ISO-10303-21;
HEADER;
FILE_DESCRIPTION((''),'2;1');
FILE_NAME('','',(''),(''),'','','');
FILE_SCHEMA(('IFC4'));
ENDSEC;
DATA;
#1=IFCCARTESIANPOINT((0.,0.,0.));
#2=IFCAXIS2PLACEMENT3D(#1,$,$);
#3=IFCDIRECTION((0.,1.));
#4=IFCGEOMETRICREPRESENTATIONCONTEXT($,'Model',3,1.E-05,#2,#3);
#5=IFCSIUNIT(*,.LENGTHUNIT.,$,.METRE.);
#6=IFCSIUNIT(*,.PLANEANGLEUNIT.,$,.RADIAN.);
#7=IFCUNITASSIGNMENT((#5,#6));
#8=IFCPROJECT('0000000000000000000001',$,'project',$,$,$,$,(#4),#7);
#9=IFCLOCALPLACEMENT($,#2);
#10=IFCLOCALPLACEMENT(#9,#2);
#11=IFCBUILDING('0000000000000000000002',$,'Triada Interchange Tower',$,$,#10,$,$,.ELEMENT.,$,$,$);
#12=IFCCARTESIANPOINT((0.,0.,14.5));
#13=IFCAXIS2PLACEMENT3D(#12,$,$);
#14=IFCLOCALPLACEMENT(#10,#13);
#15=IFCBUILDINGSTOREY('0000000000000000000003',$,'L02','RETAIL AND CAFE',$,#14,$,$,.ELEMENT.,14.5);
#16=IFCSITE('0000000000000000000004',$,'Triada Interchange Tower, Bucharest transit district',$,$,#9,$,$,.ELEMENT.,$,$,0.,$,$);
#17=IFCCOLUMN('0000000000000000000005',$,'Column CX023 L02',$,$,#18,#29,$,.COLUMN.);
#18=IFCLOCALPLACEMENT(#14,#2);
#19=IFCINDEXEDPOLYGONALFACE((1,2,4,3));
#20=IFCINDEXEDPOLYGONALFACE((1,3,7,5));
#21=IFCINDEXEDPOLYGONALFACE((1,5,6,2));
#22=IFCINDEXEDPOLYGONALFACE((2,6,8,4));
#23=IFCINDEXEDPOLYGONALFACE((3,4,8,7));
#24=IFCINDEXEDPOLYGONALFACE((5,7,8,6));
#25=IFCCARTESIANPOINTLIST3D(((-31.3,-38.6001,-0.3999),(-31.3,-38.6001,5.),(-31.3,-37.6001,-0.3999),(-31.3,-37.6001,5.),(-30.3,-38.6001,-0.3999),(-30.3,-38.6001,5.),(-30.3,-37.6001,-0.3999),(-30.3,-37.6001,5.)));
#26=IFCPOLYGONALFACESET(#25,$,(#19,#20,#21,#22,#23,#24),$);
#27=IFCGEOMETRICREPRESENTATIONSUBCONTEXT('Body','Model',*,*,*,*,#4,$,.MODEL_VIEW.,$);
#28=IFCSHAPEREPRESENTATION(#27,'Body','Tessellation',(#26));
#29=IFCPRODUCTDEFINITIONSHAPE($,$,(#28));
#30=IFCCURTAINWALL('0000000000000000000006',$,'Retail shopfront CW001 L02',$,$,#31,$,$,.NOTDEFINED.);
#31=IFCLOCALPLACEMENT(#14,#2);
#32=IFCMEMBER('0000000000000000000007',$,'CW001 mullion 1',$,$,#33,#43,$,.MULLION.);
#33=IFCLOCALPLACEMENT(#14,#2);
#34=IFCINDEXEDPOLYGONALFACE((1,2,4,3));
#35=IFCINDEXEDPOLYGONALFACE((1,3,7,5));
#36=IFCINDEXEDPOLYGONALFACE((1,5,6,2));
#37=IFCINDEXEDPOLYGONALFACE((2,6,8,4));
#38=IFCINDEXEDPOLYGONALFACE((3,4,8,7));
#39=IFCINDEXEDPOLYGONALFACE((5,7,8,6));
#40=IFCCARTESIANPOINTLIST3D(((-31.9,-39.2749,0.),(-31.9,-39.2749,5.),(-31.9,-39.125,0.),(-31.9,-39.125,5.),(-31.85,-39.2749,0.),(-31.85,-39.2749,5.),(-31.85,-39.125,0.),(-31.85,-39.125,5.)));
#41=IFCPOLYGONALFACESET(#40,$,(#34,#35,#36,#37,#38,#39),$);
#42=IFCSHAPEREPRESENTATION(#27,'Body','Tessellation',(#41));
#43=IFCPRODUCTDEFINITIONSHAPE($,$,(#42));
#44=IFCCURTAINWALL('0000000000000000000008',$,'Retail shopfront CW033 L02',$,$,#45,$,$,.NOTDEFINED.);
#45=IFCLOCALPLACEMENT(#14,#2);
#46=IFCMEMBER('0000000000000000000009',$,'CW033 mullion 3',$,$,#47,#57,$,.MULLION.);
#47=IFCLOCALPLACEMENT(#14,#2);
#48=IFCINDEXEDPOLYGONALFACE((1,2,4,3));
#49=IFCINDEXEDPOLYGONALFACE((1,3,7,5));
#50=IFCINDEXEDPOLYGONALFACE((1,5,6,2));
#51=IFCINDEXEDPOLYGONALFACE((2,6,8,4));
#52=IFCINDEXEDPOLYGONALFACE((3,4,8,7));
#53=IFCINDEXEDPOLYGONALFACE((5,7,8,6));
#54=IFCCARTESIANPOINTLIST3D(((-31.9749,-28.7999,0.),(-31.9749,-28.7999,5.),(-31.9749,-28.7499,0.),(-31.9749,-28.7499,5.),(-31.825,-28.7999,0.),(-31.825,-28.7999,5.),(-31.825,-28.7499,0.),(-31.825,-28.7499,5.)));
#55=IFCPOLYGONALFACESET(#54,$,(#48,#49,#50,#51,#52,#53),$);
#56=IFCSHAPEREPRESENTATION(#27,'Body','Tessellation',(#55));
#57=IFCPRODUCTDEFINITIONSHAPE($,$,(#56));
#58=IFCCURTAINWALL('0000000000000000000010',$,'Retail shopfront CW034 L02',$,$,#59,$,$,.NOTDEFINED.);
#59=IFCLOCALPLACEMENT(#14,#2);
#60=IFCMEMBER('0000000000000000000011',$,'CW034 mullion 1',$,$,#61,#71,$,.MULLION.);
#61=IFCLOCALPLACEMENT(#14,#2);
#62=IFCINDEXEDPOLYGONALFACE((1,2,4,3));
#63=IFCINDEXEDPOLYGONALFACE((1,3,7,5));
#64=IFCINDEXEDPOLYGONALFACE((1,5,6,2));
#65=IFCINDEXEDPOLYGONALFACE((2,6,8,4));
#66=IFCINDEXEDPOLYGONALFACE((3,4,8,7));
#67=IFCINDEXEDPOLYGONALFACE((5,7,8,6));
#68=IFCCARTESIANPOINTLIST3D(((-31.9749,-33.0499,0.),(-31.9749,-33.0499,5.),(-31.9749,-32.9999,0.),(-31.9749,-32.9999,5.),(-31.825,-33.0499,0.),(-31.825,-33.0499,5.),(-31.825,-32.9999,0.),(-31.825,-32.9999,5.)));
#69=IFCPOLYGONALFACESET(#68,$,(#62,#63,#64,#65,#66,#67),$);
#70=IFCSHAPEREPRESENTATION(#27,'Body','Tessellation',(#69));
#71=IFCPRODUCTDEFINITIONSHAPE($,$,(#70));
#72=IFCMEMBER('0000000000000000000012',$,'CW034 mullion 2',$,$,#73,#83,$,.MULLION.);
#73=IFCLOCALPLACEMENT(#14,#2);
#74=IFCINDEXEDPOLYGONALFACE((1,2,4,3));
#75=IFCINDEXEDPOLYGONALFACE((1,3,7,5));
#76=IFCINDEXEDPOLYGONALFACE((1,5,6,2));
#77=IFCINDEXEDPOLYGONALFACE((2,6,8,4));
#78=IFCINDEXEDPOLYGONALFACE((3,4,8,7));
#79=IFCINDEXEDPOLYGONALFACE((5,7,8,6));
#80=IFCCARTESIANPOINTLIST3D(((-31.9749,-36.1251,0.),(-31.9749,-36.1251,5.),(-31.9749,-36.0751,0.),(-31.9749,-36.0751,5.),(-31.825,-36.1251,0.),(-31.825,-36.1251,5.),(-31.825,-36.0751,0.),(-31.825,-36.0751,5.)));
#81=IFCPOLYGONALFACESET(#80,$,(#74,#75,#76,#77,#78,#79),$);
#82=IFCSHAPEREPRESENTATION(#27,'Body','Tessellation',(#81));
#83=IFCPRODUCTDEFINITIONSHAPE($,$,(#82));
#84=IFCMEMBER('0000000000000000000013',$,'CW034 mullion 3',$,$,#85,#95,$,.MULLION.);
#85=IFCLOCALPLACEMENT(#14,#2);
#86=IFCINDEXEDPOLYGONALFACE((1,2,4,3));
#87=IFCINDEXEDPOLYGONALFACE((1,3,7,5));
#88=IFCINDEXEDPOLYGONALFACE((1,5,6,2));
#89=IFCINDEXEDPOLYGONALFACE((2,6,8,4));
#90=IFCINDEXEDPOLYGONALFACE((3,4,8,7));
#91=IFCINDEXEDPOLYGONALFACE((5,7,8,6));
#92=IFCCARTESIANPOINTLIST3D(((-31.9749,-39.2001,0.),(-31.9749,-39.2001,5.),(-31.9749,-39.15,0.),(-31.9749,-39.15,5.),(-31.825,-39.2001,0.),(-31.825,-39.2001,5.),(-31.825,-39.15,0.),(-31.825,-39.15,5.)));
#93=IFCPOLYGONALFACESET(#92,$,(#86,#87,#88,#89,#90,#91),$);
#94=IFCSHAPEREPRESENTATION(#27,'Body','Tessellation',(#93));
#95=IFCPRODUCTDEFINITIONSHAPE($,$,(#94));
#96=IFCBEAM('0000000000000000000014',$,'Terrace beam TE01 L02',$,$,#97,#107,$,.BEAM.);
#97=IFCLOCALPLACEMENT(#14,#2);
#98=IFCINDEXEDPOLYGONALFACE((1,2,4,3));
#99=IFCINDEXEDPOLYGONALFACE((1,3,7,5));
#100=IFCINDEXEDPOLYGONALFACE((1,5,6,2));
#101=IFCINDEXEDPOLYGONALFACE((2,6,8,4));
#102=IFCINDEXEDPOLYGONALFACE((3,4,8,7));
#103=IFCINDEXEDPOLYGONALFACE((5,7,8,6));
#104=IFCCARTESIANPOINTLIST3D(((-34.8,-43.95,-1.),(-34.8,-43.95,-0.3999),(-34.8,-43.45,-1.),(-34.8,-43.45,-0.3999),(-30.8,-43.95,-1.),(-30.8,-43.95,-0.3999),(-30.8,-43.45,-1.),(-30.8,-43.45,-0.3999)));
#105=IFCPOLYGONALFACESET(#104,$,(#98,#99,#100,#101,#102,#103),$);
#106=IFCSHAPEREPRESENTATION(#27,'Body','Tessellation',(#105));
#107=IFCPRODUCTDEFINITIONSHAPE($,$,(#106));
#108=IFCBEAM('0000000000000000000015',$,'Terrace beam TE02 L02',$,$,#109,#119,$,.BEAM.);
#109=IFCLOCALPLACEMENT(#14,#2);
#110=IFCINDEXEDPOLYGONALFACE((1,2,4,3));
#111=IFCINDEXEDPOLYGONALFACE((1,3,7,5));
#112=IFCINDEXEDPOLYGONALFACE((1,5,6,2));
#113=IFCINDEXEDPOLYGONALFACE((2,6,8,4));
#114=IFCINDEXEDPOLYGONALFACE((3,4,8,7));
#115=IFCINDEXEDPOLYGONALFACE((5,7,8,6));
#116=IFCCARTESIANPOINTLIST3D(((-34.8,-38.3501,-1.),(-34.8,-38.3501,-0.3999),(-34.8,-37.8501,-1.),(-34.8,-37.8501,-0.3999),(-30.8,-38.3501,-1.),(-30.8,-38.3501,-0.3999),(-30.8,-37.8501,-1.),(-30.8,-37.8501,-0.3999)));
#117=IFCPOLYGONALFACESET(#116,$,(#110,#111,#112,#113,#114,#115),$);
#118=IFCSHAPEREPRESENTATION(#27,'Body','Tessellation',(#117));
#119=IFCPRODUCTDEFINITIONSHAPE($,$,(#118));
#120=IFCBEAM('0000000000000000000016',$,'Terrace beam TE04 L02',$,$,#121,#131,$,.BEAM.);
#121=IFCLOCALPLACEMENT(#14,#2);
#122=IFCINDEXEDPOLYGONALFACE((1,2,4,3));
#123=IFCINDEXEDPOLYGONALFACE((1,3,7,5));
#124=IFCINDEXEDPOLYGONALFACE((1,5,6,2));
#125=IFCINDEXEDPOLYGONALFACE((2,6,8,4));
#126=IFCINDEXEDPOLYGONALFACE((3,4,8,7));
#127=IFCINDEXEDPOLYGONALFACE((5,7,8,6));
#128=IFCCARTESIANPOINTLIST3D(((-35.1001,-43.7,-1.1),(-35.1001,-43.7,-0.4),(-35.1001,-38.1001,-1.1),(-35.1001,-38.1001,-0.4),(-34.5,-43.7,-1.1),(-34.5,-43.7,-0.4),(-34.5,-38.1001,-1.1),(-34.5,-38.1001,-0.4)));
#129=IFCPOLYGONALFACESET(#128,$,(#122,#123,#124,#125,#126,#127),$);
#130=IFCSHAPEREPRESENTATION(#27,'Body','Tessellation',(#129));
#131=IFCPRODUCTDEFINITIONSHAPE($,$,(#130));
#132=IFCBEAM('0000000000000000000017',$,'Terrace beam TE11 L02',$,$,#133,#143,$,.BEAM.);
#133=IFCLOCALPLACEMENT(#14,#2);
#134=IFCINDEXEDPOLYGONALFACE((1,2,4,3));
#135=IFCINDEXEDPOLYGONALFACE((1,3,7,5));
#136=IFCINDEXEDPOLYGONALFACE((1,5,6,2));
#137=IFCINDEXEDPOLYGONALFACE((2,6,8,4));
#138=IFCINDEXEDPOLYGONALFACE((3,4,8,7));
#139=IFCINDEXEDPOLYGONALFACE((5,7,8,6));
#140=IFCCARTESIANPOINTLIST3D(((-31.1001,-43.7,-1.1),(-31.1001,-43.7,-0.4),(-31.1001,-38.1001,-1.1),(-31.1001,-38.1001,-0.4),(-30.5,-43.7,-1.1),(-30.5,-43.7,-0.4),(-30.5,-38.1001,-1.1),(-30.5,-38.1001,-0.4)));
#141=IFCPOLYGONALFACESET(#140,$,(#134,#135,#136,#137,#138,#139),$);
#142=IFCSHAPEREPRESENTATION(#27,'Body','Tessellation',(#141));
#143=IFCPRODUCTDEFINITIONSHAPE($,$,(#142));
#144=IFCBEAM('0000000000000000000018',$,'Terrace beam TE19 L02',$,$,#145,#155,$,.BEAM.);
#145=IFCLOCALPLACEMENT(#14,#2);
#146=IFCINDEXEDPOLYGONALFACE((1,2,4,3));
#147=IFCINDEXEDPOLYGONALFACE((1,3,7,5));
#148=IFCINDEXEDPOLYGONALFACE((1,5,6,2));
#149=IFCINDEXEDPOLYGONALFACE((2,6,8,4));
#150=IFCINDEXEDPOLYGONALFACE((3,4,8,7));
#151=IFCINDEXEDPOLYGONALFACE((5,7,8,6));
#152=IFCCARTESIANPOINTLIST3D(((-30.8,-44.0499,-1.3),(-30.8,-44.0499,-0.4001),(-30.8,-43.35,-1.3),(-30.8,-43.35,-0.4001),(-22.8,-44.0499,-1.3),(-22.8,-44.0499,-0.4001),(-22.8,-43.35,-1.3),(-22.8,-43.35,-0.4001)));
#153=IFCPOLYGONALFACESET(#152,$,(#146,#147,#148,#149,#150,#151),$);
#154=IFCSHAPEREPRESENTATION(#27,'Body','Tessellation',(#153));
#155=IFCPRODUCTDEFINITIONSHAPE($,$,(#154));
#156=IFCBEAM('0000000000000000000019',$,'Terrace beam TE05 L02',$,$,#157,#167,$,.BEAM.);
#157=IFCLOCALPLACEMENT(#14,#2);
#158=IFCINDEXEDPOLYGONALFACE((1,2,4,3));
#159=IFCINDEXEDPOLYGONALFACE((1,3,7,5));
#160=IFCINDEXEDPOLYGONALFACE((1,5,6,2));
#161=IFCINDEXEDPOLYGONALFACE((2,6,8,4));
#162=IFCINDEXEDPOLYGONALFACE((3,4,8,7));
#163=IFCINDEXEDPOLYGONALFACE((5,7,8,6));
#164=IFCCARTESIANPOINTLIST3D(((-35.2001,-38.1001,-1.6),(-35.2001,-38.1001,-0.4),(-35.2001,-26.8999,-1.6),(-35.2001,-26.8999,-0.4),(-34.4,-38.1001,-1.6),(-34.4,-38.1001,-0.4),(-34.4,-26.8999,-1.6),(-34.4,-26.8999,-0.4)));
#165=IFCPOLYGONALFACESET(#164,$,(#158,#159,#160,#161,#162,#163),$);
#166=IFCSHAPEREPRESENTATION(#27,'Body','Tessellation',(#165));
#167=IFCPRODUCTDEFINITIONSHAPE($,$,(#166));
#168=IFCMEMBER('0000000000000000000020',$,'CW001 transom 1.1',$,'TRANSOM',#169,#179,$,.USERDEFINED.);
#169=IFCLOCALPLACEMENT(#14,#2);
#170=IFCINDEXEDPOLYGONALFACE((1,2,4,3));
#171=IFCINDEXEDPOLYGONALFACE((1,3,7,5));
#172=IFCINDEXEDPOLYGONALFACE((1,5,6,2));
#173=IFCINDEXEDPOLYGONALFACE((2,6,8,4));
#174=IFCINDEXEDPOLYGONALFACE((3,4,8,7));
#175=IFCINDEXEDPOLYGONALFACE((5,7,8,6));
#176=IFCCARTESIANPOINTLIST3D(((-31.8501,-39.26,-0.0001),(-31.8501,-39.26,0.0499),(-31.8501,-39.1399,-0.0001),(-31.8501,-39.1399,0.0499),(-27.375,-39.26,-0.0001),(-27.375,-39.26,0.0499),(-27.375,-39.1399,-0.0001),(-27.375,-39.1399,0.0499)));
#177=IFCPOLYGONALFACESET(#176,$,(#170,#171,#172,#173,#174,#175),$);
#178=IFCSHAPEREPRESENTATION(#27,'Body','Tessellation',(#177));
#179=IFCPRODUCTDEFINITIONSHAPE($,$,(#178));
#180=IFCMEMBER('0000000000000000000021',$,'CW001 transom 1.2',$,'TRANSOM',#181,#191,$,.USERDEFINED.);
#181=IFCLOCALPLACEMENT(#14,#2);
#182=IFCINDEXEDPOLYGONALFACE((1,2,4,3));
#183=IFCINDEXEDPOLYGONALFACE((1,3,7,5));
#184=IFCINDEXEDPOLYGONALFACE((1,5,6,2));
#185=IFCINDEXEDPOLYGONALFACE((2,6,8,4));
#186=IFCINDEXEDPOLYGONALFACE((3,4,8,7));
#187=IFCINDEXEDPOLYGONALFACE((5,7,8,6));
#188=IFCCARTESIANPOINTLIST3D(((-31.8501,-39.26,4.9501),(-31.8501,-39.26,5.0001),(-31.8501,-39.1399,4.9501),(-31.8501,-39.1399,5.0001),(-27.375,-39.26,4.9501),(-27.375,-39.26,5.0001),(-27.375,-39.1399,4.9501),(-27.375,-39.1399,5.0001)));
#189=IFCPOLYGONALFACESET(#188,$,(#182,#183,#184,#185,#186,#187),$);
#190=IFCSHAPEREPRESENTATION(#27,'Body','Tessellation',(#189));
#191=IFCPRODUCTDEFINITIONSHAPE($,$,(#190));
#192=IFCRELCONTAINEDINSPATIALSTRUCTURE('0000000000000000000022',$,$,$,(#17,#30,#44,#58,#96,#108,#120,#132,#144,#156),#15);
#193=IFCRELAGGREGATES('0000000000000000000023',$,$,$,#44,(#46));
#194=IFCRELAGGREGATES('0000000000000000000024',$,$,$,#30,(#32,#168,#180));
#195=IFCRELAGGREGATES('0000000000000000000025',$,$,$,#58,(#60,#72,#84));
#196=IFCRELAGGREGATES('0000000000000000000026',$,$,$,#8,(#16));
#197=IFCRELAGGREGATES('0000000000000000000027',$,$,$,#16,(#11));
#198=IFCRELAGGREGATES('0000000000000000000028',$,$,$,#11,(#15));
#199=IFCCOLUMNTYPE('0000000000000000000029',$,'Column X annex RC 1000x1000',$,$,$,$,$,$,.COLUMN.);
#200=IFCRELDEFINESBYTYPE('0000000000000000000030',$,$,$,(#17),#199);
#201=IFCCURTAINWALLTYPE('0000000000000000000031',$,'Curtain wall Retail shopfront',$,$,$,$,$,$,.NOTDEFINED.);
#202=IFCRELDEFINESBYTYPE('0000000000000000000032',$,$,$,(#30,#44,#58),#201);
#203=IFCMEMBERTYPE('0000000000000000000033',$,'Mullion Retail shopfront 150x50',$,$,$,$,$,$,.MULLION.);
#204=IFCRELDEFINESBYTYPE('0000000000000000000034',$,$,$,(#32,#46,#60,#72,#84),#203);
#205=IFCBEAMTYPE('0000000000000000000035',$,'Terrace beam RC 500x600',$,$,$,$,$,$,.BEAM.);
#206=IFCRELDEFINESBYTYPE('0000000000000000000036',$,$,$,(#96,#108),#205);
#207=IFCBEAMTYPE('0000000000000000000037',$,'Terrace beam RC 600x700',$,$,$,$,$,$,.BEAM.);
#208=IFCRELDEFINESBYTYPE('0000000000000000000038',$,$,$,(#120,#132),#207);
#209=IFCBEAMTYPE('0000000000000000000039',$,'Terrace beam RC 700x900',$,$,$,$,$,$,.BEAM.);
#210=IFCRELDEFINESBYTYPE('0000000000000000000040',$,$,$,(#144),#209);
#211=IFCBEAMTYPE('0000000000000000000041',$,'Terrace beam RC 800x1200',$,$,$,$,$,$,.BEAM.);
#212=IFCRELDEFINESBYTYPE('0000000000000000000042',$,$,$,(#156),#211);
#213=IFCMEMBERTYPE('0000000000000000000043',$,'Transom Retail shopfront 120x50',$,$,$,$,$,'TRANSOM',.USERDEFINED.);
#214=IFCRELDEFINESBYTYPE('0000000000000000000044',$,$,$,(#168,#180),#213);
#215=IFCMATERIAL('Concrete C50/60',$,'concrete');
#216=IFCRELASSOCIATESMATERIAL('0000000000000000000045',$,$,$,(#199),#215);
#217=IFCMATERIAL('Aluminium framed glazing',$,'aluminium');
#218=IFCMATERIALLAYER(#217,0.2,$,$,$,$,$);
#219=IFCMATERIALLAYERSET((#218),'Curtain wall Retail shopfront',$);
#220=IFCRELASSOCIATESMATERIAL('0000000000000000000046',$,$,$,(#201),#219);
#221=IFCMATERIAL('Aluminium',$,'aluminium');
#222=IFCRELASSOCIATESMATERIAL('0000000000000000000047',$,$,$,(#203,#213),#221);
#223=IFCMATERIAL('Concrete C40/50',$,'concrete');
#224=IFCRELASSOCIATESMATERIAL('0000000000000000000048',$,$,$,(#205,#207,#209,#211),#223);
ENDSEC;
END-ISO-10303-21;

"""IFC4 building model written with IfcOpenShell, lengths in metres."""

from ifc_helpers import new_model, si_unit, direction, frame, origin, origin_2d, place, context, subcontext, project, spatial, rectangle, extrude, material, layer, layer_set, material_profile, profile_set, type_object, element, aggregate, save


model = new_model("IFC4")

# Units and contexts
model_context = context("Model", 3, precision=1e-05, world=origin(), true_north=direction((0.0, 1.0)))
body_context = subcontext(model_context, "Body", "Model", "MODEL_VIEW")
ifc_project = project(units=[si_unit("LENGTHUNIT", "METRE"), si_unit("PLANEANGLEUNIT", "RADIAN")], contexts=[model_context])

# Site, building, storey
site_placement = place(None, origin())
site = spatial("IfcSite", under=ifc_project, at=site_placement, Name="Triada Interchange Tower, Bucharest transit district", CompositionType="ELEMENT", RefElevation=0.0)
building_placement = place(site_placement, origin())
building = spatial("IfcBuilding", under=site, at=building_placement, Name="Triada Interchange Tower", CompositionType="ELEMENT")
storey_placement = place(building_placement, frame((0.0, 0.0, 14.5)))
storey = spatial("IfcBuildingStorey", under=building, at=storey_placement, Name="L02", Description="RETAIL AND CAFE", CompositionType="ELEMENT", Elevation=14.5)

# Column
ifc_material_1 = material(Name="Concrete C50/60", Category="concrete")
ifc_material_profile_1 = material_profile(ifc_material_1, rectangle(XDim=1.0, YDim=1.0, at=origin_2d()), Name="RC 1000x1000")
ifc_profile_set_1 = profile_set([ifc_material_profile_1], Name="Concrete C50/60")
column_type = type_object("IfcColumnType", Name="Column X annex RC 1000x1000", PredefinedType="COLUMN", material=ifc_profile_set_1)
column_placement = place(storey_placement, frame((-30.8, -38.1001, -0.3999), z_axis=(0.0, 0.0, 1.0), x_axis=(1.0, 0.0, 0.0)))
element("IfcColumn", 1, at=column_placement, inside=storey, type_object=column_type, Name="Column CX023 L02", PredefinedType="COLUMN", context=body_context, shape_type="SweptSolid", body=[
    extrude(rectangle(XDim=1.0, YDim=1.0, at=origin_2d()), origin(), (0.0, 0.0, 1.0), 5.3999),
])

# Curtain walls, members
ifc_material_2 = material(Name="Aluminium framed glazing", Category="aluminium")
ifc_layer_1 = layer(ifc_material_2, 0.2)
ifc_layer_set_1 = layer_set([ifc_layer_1], Name="Curtain wall Retail shopfront")
curtain_wall_type = type_object("IfcCurtainWallType", Name="Curtain wall Retail shopfront", PredefinedType="NOTDEFINED", material=ifc_layer_set_1)
curtain_wall_1_placement = place(storey_placement, origin())
curtain_wall_1 = element("IfcCurtainWall", 2, at=curtain_wall_1_placement, inside=storey, type_object=curtain_wall_type, Name="Retail shopfront CW001 L02", PredefinedType="NOTDEFINED")
ifc_material_3 = material(Name="Aluminium", Category="aluminium")
ifc_material_profile_2 = material_profile(ifc_material_3, rectangle(XDim=0.1499, YDim=0.05, at=origin_2d()), Name="Aluminium mullion")
ifc_profile_set_2 = profile_set([ifc_material_profile_2], Name="Aluminium")
member_type_1 = type_object("IfcMemberType", Name="Mullion Retail shopfront 150x50", PredefinedType="MULLION", material=ifc_profile_set_2)
member_1_placement = place(storey_placement, frame((-31.875, -39.2, 0.0), z_axis=(0.0, 0.0, 1.0), x_axis=(0.0, 1.0, 0.0)))
member_1 = element("IfcMember", 3, at=member_1_placement, type_object=member_type_1, Name="CW001 mullion 1", PredefinedType="MULLION", context=body_context, shape_type="SweptSolid", body=[
    extrude(rectangle(XDim=0.1499, YDim=0.05, at=origin_2d()), origin(), (0.0, 0.0, 1.0), 5.0),
])
curtain_wall_2_placement = place(storey_placement, origin())
curtain_wall_2 = element("IfcCurtainWall", 4, at=curtain_wall_2_placement, inside=storey, type_object=curtain_wall_type, Name="Retail shopfront CW033 L02", PredefinedType="NOTDEFINED")
member_2_placement = place(storey_placement, frame((-31.8999, -28.7749, 0.0), z_axis=(0.0, 0.0, 1.0), x_axis=(1.0, 0.0, 0.0)))
member_2 = element("IfcMember", 5, at=member_2_placement, type_object=member_type_1, Name="CW033 mullion 3", PredefinedType="MULLION", context=body_context, shape_type="SweptSolid", body=[
    extrude(rectangle(XDim=0.1499, YDim=0.05, at=origin_2d()), origin(), (0.0, 0.0, 1.0), 5.0),
])
aggregate(curtain_wall_2, [member_2])

# Curtain wall, members
curtain_wall_3_placement = place(storey_placement, origin())
curtain_wall_3 = element("IfcCurtainWall", 6, at=curtain_wall_3_placement, inside=storey, type_object=curtain_wall_type, Name="Retail shopfront CW034 L02", PredefinedType="NOTDEFINED")
member_3_placement = place(storey_placement, frame((-31.8999, -33.0249, 0.0), z_axis=(0.0, 0.0, 1.0), x_axis=(1.0, 0.0, 0.0)))
member_3 = element("IfcMember", 7, at=member_3_placement, type_object=member_type_1, Name="CW034 mullion 1", PredefinedType="MULLION", context=body_context, shape_type="SweptSolid", body=[
    extrude(rectangle(XDim=0.1499, YDim=0.05, at=origin_2d()), origin(), (0.0, 0.0, 1.0), 5.0),
])
member_4_placement = place(storey_placement, frame((-31.8999, -36.1001, 0.0), z_axis=(0.0, 0.0, 1.0), x_axis=(1.0, 0.0, 0.0)))
member_4 = element("IfcMember", 8, at=member_4_placement, type_object=member_type_1, Name="CW034 mullion 2", PredefinedType="MULLION", context=body_context, shape_type="SweptSolid", body=[
    extrude(rectangle(XDim=0.1499, YDim=0.05, at=origin_2d()), origin(), (0.0, 0.0, 1.0), 5.0),
])
member_5_placement = place(storey_placement, frame((-31.8999, -39.175, 0.0), z_axis=(0.0, 0.0, 1.0), x_axis=(1.0, 0.0, 0.0)))
member_5 = element("IfcMember", 9, at=member_5_placement, type_object=member_type_1, Name="CW034 mullion 3", PredefinedType="MULLION", context=body_context, shape_type="SweptSolid", body=[
    extrude(rectangle(XDim=0.1499, YDim=0.05, at=origin_2d()), origin(), (0.0, 0.0, 1.0), 5.0),
])

# Beams
ifc_material_4 = material(Name="Concrete C40/50", Category="concrete")
ifc_material_profile_3 = material_profile(ifc_material_4, rectangle(XDim=0.5, YDim=0.6001, at=origin_2d()), Name="RC 500x600")
ifc_profile_set_3 = profile_set([ifc_material_profile_3], Name="Concrete C40/50")
beam_type_1 = type_object("IfcBeamType", Name="Terrace beam RC 500x600", PredefinedType="BEAM", material=ifc_profile_set_3)
for number, where, z_axis, x_axis, name in (
    (10, (-34.8, -43.7, -0.7), (1.0, 0.0, 0.0), (0.0, 1.0, 0.0), "Terrace beam TE01 L02"),
    (11, (-34.8, -38.1001, -0.7), (1.0, 0.0, 0.0), (0.0, 1.0, 0.0), "Terrace beam TE02 L02"),
):
    element("IfcBeam", number, at=place(storey_placement, frame(where, z_axis=z_axis, x_axis=x_axis)), inside=storey, type_object=beam_type_1, Name=name, PredefinedType="BEAM", context=body_context, shape_type="SweptSolid", body=[
        extrude(rectangle(XDim=0.5, YDim=0.6001, at=origin_2d()), origin(), (0.0, 0.0, 1.0), 4.0),
    ])
ifc_material_profile_4 = material_profile(ifc_material_4, rectangle(XDim=0.6001, YDim=0.7, at=origin_2d()), Name="RC 600x700")
ifc_profile_set_4 = profile_set([ifc_material_profile_4], Name="Concrete C40/50")
beam_type_2 = type_object("IfcBeamType", Name="Terrace beam RC 600x700", PredefinedType="BEAM", material=ifc_profile_set_4)
for number, where, z_axis, x_axis, name in (
    (12, (-34.8, -43.7, -0.75), (0.0, 1.0, 0.0), (-1.0, 0.0, 0.0), "Terrace beam TE04 L02"),
    (13, (-30.8, -43.7, -0.75), (0.0, 1.0, 0.0), (-1.0, 0.0, 0.0), "Terrace beam TE11 L02"),
):
    element("IfcBeam", number, at=place(storey_placement, frame(where, z_axis=z_axis, x_axis=x_axis)), inside=storey, type_object=beam_type_2, Name=name, PredefinedType="BEAM", context=body_context, shape_type="SweptSolid", body=[
        extrude(rectangle(XDim=0.6001, YDim=0.7, at=origin_2d()), origin(), (0.0, 0.0, 1.0), 5.5999),
    ])
ifc_material_profile_5 = material_profile(ifc_material_4, rectangle(XDim=0.7, YDim=0.8999, at=origin_2d()), Name="RC 700x900")
ifc_profile_set_5 = profile_set([ifc_material_profile_5], Name="Concrete C40/50")
beam_type_3 = type_object("IfcBeamType", Name="Terrace beam RC 700x900", PredefinedType="BEAM", material=ifc_profile_set_5)
beam_1_placement = place(storey_placement, frame((-30.8, -43.7, -0.8501), z_axis=(1.0, 0.0, 0.0), x_axis=(0.0, 1.0, 0.0)))
element("IfcBeam", 14, at=beam_1_placement, inside=storey, type_object=beam_type_3, Name="Terrace beam TE19 L02", PredefinedType="BEAM", context=body_context, shape_type="SweptSolid", body=[
    extrude(rectangle(XDim=0.7, YDim=0.8999, at=origin_2d()), origin(), (0.0, 0.0, 1.0), 8.0),
])
ifc_material_profile_6 = material_profile(ifc_material_4, rectangle(XDim=0.8, YDim=1.2, at=origin_2d()), Name="RC 800x1200")
ifc_profile_set_6 = profile_set([ifc_material_profile_6], Name="Concrete C40/50")
beam_type_4 = type_object("IfcBeamType", Name="Terrace beam RC 800x1200", PredefinedType="BEAM", material=ifc_profile_set_6)
beam_2_placement = place(storey_placement, frame((-34.8, -38.1001, -1.0), z_axis=(0.0, 1.0, 0.0), x_axis=(-1.0, 0.0, 0.0)))
element("IfcBeam", 15, at=beam_2_placement, inside=storey, type_object=beam_type_4, Name="Terrace beam TE05 L02", PredefinedType="BEAM", context=body_context, shape_type="SweptSolid", body=[
    extrude(rectangle(XDim=0.8, YDim=1.2, at=origin_2d()), origin(), (0.0, 0.0, 1.0), 11.2002),
])

# Members
ifc_material_profile_7 = material_profile(ifc_material_3, rectangle(XDim=0.1201, YDim=0.05, at=origin_2d()), Name="Aluminium transom")
ifc_profile_set_7 = profile_set([ifc_material_profile_7], Name="Aluminium")
member_type_2 = type_object("IfcMemberType", Name="Transom Retail shopfront 120x50", ElementType="TRANSOM", PredefinedType="USERDEFINED", material=ifc_profile_set_7)
member_6_placement = place(storey_placement, frame((-31.8501, -39.2, 0.0249), z_axis=(1.0, 0.0, 0.0), x_axis=(0.0, 1.0, 0.0)))
member_6 = element("IfcMember", 16, at=member_6_placement, type_object=member_type_2, Name="CW001 transom 1.1", ObjectType="TRANSOM", PredefinedType="USERDEFINED", context=body_context, shape_type="SweptSolid", body=[
    extrude(rectangle(XDim=0.1201, YDim=0.05, at=origin_2d()), origin(), (0.0, 0.0, 1.0), 4.4751),
])
member_7_placement = place(storey_placement, frame((-31.8501, -39.2, 4.9751), z_axis=(1.0, 0.0, 0.0), x_axis=(0.0, 1.0, 0.0)))
member_7 = element("IfcMember", 17, at=member_7_placement, type_object=member_type_2, Name="CW001 transom 1.2", ObjectType="TRANSOM", PredefinedType="USERDEFINED", context=body_context, shape_type="SweptSolid", body=[
    extrude(rectangle(XDim=0.1201, YDim=0.05, at=origin_2d()), origin(), (0.0, 0.0, 1.0), 4.4751),
])
aggregate(curtain_wall_1, [member_1, member_6, member_7])

aggregate(curtain_wall_3, [member_3, member_4, member_5])

save(model, "model.ifc")
